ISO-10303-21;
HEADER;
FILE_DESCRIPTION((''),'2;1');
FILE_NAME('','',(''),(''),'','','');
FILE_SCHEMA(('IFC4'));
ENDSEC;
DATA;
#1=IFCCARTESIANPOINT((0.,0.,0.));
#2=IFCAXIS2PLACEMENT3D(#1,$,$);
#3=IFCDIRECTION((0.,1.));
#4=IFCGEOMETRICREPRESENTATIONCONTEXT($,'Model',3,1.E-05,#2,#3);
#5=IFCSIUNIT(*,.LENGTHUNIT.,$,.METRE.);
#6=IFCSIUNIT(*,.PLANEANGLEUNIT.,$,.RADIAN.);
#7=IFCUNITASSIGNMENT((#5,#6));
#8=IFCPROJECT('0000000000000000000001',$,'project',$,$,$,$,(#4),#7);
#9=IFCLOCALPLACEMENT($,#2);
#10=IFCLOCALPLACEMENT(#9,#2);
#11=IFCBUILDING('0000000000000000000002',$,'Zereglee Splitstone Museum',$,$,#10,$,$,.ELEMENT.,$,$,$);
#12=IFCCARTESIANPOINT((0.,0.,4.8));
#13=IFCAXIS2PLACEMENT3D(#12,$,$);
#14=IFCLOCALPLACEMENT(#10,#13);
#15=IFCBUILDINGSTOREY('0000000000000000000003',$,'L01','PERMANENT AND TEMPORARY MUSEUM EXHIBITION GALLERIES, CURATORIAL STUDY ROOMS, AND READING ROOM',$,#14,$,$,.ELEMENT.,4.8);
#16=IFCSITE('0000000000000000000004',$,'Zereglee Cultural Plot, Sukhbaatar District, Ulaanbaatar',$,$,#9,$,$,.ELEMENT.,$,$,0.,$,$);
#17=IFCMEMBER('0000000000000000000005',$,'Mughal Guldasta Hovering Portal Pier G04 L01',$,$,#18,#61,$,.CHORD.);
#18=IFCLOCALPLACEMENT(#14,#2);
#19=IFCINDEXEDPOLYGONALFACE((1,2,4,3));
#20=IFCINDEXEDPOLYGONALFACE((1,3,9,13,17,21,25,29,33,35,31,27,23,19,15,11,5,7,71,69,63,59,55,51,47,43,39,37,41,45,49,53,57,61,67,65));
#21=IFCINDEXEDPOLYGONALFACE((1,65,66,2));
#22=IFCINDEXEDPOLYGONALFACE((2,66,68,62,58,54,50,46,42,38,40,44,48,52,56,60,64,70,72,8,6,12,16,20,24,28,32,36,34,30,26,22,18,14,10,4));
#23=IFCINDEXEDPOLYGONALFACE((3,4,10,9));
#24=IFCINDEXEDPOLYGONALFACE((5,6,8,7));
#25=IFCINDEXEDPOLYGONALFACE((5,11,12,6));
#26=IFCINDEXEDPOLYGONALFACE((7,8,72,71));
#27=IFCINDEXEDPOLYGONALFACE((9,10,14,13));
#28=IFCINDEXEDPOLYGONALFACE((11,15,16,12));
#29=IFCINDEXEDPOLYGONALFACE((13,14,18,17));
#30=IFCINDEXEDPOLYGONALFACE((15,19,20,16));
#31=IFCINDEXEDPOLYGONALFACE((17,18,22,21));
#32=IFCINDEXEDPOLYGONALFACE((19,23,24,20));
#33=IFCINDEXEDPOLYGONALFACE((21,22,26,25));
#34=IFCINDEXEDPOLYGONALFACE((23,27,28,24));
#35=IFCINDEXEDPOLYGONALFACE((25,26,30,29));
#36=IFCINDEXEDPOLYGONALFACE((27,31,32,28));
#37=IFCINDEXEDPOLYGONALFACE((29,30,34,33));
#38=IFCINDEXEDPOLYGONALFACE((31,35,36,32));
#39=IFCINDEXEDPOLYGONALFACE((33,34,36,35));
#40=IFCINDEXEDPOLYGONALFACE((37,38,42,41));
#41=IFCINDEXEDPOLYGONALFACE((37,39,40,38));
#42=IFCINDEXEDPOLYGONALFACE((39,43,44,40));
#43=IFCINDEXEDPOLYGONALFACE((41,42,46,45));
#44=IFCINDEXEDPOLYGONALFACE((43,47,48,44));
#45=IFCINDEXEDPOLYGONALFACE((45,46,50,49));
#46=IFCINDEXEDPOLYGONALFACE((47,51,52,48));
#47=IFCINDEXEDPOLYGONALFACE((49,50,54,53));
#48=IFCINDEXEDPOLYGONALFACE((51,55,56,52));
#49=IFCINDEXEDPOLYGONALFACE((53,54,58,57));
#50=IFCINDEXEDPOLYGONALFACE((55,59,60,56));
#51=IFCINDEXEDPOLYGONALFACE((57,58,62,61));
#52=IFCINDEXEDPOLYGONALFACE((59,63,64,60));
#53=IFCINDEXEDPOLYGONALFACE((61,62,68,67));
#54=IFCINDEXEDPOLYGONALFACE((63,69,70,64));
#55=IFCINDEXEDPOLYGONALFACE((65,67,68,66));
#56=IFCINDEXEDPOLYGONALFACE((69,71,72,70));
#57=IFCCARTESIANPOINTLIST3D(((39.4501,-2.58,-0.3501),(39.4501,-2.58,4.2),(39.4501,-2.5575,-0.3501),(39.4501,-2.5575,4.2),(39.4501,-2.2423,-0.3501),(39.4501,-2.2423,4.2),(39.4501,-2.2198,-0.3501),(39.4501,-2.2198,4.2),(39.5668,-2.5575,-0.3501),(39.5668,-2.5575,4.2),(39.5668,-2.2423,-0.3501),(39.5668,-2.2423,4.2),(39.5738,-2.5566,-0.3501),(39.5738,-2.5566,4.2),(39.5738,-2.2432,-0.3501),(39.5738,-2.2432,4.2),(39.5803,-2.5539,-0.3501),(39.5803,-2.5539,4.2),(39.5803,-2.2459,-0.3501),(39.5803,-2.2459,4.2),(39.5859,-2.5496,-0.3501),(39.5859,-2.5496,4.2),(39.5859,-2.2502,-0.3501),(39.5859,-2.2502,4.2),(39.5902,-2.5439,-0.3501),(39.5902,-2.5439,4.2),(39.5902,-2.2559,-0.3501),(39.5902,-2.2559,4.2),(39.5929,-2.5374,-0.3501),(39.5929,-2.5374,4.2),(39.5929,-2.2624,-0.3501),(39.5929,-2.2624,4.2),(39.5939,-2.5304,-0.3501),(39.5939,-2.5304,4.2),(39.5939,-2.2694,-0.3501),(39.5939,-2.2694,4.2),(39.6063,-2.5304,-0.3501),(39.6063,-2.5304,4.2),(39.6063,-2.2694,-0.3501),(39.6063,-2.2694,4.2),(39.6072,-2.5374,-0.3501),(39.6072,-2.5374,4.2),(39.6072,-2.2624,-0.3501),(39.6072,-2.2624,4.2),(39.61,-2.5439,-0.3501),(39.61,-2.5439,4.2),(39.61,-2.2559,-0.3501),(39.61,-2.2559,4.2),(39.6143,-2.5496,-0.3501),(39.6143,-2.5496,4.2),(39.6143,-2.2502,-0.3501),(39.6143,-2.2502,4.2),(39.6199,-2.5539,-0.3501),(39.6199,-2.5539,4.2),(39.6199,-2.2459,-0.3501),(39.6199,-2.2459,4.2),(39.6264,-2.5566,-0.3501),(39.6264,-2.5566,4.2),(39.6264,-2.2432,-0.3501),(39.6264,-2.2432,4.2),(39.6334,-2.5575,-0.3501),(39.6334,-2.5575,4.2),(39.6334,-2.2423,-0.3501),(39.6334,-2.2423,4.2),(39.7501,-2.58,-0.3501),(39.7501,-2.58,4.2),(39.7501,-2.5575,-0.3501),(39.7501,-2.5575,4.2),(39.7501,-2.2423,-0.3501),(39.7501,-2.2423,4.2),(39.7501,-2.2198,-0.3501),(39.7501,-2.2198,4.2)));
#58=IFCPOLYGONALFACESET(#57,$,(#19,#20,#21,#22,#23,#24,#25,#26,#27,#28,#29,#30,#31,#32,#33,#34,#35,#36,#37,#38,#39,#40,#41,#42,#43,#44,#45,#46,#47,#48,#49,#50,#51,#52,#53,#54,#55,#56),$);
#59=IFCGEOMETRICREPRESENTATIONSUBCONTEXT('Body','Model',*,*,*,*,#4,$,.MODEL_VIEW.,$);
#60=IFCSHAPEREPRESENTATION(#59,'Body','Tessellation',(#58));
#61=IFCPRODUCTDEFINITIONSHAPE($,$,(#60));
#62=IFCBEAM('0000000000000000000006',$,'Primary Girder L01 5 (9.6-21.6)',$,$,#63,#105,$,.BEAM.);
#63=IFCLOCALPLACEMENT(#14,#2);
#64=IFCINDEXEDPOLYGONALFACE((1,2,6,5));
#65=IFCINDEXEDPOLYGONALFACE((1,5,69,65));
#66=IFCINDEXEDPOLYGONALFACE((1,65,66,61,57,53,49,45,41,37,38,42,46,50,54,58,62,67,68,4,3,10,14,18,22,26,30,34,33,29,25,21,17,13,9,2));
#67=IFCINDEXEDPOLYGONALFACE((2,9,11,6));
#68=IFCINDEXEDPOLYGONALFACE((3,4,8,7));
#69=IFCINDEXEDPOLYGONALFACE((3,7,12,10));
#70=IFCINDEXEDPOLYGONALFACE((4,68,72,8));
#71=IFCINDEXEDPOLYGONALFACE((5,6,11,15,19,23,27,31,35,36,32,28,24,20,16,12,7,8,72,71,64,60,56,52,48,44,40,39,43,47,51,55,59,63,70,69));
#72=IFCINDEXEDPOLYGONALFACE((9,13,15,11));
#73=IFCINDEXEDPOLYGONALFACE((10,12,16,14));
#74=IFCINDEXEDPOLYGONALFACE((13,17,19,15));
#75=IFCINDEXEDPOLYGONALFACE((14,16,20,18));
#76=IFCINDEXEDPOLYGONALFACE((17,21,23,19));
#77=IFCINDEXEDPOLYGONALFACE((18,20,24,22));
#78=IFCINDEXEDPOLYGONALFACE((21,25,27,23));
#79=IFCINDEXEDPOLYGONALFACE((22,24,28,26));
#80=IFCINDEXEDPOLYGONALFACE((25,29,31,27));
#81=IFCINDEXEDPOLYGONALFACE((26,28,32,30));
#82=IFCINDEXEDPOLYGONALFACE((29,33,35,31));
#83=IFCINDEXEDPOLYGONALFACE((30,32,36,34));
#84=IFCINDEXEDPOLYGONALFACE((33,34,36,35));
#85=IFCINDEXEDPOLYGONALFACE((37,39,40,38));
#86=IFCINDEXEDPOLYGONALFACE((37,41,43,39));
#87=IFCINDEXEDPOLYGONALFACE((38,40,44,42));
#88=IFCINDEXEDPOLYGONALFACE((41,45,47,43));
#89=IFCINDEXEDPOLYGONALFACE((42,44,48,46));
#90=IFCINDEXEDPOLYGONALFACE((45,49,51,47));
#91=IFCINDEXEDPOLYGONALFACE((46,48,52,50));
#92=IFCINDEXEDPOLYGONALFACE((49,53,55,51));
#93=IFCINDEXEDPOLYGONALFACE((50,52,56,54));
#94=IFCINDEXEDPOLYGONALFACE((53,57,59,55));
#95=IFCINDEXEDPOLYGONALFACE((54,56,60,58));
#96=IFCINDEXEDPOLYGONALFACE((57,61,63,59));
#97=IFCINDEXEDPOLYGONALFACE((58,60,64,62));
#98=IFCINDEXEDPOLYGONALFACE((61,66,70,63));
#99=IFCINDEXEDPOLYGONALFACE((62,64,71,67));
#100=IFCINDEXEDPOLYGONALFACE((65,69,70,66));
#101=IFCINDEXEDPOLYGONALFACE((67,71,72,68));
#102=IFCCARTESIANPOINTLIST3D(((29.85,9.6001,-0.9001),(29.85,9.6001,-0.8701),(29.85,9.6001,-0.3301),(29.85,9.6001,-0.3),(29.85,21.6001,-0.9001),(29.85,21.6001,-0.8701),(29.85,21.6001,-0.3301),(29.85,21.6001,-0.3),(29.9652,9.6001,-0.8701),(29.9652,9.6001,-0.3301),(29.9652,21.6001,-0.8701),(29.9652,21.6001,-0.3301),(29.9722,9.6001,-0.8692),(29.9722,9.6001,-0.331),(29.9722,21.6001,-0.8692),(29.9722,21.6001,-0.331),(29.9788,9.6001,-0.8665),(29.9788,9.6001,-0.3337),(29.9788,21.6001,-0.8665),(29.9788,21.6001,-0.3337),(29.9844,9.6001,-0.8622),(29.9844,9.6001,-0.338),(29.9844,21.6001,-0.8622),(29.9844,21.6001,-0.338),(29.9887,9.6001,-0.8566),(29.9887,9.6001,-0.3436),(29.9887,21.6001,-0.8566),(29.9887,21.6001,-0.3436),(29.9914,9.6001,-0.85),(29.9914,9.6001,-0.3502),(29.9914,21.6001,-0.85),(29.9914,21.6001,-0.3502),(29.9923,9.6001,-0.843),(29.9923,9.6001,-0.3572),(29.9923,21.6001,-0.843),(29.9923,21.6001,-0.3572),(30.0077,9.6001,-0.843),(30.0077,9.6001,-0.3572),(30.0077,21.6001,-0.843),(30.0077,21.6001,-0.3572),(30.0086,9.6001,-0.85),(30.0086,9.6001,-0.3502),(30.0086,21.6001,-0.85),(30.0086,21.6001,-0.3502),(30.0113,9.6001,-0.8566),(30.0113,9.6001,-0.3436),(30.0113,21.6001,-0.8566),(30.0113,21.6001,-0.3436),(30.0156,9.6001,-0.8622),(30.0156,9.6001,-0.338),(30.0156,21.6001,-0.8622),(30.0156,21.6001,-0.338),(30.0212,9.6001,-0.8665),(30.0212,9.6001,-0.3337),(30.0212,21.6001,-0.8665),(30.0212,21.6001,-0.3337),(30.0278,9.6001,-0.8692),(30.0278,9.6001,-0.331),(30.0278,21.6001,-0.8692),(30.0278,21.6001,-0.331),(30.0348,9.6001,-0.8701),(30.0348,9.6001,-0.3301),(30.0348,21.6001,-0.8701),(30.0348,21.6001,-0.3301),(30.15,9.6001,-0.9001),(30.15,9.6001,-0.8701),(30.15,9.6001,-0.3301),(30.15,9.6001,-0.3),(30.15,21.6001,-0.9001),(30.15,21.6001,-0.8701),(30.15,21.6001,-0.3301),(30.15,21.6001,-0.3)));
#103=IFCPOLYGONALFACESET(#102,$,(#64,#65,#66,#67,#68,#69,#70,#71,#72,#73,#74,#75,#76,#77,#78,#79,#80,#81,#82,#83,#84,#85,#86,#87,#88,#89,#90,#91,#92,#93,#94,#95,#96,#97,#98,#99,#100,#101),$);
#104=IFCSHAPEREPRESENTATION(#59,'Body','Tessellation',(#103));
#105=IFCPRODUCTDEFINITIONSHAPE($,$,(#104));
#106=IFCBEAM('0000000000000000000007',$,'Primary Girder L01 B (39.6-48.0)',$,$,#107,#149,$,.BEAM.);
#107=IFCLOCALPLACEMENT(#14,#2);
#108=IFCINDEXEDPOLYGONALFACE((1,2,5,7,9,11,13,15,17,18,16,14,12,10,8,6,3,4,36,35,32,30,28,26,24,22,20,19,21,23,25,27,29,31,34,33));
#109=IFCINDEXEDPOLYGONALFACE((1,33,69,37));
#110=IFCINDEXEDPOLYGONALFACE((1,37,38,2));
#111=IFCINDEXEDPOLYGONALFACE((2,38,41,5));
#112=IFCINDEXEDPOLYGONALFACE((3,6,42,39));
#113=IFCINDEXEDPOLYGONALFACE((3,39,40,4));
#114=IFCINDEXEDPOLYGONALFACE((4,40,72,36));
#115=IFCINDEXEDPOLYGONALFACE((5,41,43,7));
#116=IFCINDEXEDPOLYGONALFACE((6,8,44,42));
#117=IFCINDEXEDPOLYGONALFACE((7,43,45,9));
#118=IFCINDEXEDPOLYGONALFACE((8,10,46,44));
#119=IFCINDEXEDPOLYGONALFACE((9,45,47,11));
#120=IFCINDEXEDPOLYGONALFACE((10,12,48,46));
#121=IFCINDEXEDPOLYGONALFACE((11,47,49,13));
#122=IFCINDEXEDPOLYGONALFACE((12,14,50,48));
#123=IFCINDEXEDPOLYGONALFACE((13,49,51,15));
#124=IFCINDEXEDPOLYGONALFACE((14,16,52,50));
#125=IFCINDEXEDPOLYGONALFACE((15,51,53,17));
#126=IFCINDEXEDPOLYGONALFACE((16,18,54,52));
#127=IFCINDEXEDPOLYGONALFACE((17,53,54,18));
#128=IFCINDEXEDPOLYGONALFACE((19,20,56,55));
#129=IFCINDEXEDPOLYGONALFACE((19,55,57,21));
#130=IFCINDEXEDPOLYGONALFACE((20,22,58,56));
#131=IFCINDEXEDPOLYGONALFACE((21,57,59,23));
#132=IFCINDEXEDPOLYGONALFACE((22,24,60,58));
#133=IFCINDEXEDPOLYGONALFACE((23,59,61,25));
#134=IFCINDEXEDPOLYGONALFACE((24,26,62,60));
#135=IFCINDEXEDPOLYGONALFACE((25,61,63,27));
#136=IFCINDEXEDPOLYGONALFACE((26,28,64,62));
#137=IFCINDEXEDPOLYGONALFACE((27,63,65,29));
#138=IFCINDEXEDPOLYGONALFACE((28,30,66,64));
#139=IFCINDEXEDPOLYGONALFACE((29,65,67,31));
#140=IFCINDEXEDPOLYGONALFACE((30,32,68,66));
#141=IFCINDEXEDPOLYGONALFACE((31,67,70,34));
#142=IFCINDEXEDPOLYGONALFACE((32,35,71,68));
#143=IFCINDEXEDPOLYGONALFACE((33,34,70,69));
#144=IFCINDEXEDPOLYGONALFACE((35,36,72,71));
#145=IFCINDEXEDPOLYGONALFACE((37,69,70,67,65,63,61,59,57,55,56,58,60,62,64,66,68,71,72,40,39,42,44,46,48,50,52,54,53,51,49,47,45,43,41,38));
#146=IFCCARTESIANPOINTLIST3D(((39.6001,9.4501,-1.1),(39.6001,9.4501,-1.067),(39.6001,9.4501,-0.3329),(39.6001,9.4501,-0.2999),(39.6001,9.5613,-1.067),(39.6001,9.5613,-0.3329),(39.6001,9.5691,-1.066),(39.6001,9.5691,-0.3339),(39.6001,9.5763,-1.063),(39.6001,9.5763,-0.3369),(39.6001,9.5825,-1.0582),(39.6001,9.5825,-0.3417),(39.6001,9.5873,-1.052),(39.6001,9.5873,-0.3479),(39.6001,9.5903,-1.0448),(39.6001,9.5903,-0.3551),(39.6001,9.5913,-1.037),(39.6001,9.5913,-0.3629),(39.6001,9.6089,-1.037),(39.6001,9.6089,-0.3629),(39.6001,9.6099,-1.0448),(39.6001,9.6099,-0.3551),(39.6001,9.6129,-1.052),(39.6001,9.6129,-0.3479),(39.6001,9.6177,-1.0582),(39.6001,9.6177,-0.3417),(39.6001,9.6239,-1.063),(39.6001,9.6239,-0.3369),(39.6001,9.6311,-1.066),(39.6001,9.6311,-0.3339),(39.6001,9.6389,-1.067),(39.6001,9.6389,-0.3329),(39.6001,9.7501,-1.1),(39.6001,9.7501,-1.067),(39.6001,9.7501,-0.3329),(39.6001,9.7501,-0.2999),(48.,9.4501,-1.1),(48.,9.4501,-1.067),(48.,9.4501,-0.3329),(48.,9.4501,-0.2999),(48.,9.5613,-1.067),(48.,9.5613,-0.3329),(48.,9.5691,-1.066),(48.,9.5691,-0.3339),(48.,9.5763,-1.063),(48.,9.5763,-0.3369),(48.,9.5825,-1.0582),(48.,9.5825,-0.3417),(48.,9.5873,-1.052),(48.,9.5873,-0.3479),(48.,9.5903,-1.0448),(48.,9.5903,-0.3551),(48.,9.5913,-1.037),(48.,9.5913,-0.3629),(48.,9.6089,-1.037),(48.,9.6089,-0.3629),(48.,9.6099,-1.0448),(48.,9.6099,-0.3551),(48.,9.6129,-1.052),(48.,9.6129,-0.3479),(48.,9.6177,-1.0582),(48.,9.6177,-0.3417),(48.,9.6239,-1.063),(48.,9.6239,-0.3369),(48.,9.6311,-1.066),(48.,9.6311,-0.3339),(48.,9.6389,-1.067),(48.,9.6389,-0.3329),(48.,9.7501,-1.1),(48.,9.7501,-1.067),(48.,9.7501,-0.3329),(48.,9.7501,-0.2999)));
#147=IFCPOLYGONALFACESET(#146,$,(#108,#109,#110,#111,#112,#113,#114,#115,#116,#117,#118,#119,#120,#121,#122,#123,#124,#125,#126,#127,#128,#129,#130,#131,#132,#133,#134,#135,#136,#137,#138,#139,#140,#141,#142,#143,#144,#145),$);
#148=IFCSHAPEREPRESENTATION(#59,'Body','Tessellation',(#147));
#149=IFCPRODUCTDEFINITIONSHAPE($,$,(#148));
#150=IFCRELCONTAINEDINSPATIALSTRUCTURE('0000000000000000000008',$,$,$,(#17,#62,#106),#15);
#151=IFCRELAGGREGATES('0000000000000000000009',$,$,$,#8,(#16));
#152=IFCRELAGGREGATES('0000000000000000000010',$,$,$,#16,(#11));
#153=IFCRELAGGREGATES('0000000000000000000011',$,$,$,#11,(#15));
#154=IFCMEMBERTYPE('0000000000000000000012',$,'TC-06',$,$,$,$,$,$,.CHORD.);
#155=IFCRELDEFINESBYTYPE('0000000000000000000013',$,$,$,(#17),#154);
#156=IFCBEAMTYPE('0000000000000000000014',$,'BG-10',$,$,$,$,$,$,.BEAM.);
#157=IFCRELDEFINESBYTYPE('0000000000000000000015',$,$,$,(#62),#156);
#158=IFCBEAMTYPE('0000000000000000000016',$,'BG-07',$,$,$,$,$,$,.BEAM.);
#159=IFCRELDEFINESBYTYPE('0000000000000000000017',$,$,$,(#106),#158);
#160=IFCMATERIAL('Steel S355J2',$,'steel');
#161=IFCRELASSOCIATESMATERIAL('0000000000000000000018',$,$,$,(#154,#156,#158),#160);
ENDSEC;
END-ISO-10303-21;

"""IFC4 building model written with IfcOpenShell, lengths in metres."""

from ifc_helpers import new_model, si_unit, direction, frame, origin, origin_2d, place, context, subcontext, project, spatial, i_section, extrude, material, material_profile, profile_set, type_object, element, save


model = new_model("IFC4")

# Units and contexts
model_context = context("Model", 3, precision=1e-05, world=origin(), true_north=direction((0.0, 1.0)))
body_context = subcontext(model_context, "Body", "Model", "MODEL_VIEW")
ifc_project = project(units=[si_unit("LENGTHUNIT", "METRE"), si_unit("PLANEANGLEUNIT", "RADIAN")], contexts=[model_context])

# Site, building, storey
site_placement = place(None, origin())
site = spatial("IfcSite", under=ifc_project, at=site_placement, Name="Zereglee Cultural Plot, Sukhbaatar District, Ulaanbaatar", CompositionType="ELEMENT", RefElevation=0.0)
building_placement = place(site_placement, origin())
building = spatial("IfcBuilding", under=site, at=building_placement, Name="Zereglee Splitstone Museum", CompositionType="ELEMENT")
storey_placement = place(building_placement, frame((0.0, 0.0, 4.8)))
storey = spatial("IfcBuildingStorey", under=building, at=storey_placement, Name="L01", Description="PERMANENT AND TEMPORARY MUSEUM EXHIBITION GALLERIES, CURATORIAL STUDY ROOMS, AND READING ROOM", CompositionType="ELEMENT", Elevation=4.8)

# Shared definitions
ifc_material_1 = material(Name="Steel S355J2", Category="steel")

# Member
ifc_material_profile_1 = material_profile(ifc_material_1, i_section(OverallWidth=0.3, OverallDepth=0.3601, WebThickness=0.0125, FlangeThickness=0.0225, FilletRadius=0.0271, at=origin_2d()), Name="HE 360 B")
ifc_profile_set_1 = profile_set([ifc_material_profile_1], Name="Steel S355J2")
member_type_1 = type_object("IfcMemberType", Name="TC-06", PredefinedType="CHORD", material=ifc_profile_set_1)
member_1_placement = place(storey_placement, frame((39.6001, -2.3999, -0.3501), z_axis=(0.0, 0.0, 1.0), x_axis=(1.0, 0.0, 0.0)))
element("IfcMember", 1, at=member_1_placement, inside=storey, type_object=member_type_1, Name="Mughal Guldasta Hovering Portal Pier G04 L01", PredefinedType="CHORD", context=body_context, shape_type="SweptSolid", body=[
    extrude(i_section(OverallWidth=0.3, OverallDepth=0.3601, WebThickness=0.0125, FlangeThickness=0.0225, FilletRadius=0.0271, at=origin_2d()), origin(), (0.0, 0.0, 1.0), 4.55),
])

# Beams
ifc_material_profile_2 = material_profile(ifc_material_1, i_section(OverallWidth=0.3, OverallDepth=0.6001, WebThickness=0.0154, FlangeThickness=0.03, FilletRadius=0.0271, at=origin_2d()), Name="HE 600 B")
ifc_profile_set_2 = profile_set([ifc_material_profile_2], Name="Steel S355J2")
beam_type_1 = type_object("IfcBeamType", Name="BG-10", PredefinedType="BEAM", material=ifc_profile_set_2)
beam_1_placement = place(storey_placement, frame((30.0, 9.6001, -0.6001), z_axis=(0.0, 1.0, 0.0), x_axis=(-1.0, 0.0, 0.0)))
element("IfcBeam", 2, at=beam_1_placement, inside=storey, type_object=beam_type_1, Name="Primary Girder L01 5 (9.6-21.6)", PredefinedType="BEAM", context=body_context, shape_type="SweptSolid", body=[
    extrude(i_section(OverallWidth=0.3, OverallDepth=0.6001, WebThickness=0.0154, FlangeThickness=0.03, FilletRadius=0.0271, at=origin_2d()), origin(), (0.0, 0.0, 1.0), 12.0),
])
ifc_material_profile_3 = material_profile(ifc_material_1, i_section(OverallWidth=0.3, OverallDepth=0.8, WebThickness=0.0176, FlangeThickness=0.033, FilletRadius=0.03, at=origin_2d()), Name="HE 800 B")
ifc_profile_set_3 = profile_set([ifc_material_profile_3], Name="Steel S355J2")
beam_type_2 = type_object("IfcBeamType", Name="BG-07", PredefinedType="BEAM", material=ifc_profile_set_3)
beam_2_placement = place(storey_placement, frame((39.6001, 9.6001, -0.7), z_axis=(1.0, 0.0, 0.0), x_axis=(0.0, 1.0, 0.0)))
element("IfcBeam", 3, at=beam_2_placement, inside=storey, type_object=beam_type_2, Name="Primary Girder L01 B (39.6-48.0)", PredefinedType="BEAM", context=body_context, shape_type="SweptSolid", body=[
    extrude(i_section(OverallWidth=0.3, OverallDepth=0.8, WebThickness=0.0176, FlangeThickness=0.033, FilletRadius=0.03, at=origin_2d()), origin(), (0.0, 0.0, 1.0), 8.3999),
])

save(model, "model.ifc")
